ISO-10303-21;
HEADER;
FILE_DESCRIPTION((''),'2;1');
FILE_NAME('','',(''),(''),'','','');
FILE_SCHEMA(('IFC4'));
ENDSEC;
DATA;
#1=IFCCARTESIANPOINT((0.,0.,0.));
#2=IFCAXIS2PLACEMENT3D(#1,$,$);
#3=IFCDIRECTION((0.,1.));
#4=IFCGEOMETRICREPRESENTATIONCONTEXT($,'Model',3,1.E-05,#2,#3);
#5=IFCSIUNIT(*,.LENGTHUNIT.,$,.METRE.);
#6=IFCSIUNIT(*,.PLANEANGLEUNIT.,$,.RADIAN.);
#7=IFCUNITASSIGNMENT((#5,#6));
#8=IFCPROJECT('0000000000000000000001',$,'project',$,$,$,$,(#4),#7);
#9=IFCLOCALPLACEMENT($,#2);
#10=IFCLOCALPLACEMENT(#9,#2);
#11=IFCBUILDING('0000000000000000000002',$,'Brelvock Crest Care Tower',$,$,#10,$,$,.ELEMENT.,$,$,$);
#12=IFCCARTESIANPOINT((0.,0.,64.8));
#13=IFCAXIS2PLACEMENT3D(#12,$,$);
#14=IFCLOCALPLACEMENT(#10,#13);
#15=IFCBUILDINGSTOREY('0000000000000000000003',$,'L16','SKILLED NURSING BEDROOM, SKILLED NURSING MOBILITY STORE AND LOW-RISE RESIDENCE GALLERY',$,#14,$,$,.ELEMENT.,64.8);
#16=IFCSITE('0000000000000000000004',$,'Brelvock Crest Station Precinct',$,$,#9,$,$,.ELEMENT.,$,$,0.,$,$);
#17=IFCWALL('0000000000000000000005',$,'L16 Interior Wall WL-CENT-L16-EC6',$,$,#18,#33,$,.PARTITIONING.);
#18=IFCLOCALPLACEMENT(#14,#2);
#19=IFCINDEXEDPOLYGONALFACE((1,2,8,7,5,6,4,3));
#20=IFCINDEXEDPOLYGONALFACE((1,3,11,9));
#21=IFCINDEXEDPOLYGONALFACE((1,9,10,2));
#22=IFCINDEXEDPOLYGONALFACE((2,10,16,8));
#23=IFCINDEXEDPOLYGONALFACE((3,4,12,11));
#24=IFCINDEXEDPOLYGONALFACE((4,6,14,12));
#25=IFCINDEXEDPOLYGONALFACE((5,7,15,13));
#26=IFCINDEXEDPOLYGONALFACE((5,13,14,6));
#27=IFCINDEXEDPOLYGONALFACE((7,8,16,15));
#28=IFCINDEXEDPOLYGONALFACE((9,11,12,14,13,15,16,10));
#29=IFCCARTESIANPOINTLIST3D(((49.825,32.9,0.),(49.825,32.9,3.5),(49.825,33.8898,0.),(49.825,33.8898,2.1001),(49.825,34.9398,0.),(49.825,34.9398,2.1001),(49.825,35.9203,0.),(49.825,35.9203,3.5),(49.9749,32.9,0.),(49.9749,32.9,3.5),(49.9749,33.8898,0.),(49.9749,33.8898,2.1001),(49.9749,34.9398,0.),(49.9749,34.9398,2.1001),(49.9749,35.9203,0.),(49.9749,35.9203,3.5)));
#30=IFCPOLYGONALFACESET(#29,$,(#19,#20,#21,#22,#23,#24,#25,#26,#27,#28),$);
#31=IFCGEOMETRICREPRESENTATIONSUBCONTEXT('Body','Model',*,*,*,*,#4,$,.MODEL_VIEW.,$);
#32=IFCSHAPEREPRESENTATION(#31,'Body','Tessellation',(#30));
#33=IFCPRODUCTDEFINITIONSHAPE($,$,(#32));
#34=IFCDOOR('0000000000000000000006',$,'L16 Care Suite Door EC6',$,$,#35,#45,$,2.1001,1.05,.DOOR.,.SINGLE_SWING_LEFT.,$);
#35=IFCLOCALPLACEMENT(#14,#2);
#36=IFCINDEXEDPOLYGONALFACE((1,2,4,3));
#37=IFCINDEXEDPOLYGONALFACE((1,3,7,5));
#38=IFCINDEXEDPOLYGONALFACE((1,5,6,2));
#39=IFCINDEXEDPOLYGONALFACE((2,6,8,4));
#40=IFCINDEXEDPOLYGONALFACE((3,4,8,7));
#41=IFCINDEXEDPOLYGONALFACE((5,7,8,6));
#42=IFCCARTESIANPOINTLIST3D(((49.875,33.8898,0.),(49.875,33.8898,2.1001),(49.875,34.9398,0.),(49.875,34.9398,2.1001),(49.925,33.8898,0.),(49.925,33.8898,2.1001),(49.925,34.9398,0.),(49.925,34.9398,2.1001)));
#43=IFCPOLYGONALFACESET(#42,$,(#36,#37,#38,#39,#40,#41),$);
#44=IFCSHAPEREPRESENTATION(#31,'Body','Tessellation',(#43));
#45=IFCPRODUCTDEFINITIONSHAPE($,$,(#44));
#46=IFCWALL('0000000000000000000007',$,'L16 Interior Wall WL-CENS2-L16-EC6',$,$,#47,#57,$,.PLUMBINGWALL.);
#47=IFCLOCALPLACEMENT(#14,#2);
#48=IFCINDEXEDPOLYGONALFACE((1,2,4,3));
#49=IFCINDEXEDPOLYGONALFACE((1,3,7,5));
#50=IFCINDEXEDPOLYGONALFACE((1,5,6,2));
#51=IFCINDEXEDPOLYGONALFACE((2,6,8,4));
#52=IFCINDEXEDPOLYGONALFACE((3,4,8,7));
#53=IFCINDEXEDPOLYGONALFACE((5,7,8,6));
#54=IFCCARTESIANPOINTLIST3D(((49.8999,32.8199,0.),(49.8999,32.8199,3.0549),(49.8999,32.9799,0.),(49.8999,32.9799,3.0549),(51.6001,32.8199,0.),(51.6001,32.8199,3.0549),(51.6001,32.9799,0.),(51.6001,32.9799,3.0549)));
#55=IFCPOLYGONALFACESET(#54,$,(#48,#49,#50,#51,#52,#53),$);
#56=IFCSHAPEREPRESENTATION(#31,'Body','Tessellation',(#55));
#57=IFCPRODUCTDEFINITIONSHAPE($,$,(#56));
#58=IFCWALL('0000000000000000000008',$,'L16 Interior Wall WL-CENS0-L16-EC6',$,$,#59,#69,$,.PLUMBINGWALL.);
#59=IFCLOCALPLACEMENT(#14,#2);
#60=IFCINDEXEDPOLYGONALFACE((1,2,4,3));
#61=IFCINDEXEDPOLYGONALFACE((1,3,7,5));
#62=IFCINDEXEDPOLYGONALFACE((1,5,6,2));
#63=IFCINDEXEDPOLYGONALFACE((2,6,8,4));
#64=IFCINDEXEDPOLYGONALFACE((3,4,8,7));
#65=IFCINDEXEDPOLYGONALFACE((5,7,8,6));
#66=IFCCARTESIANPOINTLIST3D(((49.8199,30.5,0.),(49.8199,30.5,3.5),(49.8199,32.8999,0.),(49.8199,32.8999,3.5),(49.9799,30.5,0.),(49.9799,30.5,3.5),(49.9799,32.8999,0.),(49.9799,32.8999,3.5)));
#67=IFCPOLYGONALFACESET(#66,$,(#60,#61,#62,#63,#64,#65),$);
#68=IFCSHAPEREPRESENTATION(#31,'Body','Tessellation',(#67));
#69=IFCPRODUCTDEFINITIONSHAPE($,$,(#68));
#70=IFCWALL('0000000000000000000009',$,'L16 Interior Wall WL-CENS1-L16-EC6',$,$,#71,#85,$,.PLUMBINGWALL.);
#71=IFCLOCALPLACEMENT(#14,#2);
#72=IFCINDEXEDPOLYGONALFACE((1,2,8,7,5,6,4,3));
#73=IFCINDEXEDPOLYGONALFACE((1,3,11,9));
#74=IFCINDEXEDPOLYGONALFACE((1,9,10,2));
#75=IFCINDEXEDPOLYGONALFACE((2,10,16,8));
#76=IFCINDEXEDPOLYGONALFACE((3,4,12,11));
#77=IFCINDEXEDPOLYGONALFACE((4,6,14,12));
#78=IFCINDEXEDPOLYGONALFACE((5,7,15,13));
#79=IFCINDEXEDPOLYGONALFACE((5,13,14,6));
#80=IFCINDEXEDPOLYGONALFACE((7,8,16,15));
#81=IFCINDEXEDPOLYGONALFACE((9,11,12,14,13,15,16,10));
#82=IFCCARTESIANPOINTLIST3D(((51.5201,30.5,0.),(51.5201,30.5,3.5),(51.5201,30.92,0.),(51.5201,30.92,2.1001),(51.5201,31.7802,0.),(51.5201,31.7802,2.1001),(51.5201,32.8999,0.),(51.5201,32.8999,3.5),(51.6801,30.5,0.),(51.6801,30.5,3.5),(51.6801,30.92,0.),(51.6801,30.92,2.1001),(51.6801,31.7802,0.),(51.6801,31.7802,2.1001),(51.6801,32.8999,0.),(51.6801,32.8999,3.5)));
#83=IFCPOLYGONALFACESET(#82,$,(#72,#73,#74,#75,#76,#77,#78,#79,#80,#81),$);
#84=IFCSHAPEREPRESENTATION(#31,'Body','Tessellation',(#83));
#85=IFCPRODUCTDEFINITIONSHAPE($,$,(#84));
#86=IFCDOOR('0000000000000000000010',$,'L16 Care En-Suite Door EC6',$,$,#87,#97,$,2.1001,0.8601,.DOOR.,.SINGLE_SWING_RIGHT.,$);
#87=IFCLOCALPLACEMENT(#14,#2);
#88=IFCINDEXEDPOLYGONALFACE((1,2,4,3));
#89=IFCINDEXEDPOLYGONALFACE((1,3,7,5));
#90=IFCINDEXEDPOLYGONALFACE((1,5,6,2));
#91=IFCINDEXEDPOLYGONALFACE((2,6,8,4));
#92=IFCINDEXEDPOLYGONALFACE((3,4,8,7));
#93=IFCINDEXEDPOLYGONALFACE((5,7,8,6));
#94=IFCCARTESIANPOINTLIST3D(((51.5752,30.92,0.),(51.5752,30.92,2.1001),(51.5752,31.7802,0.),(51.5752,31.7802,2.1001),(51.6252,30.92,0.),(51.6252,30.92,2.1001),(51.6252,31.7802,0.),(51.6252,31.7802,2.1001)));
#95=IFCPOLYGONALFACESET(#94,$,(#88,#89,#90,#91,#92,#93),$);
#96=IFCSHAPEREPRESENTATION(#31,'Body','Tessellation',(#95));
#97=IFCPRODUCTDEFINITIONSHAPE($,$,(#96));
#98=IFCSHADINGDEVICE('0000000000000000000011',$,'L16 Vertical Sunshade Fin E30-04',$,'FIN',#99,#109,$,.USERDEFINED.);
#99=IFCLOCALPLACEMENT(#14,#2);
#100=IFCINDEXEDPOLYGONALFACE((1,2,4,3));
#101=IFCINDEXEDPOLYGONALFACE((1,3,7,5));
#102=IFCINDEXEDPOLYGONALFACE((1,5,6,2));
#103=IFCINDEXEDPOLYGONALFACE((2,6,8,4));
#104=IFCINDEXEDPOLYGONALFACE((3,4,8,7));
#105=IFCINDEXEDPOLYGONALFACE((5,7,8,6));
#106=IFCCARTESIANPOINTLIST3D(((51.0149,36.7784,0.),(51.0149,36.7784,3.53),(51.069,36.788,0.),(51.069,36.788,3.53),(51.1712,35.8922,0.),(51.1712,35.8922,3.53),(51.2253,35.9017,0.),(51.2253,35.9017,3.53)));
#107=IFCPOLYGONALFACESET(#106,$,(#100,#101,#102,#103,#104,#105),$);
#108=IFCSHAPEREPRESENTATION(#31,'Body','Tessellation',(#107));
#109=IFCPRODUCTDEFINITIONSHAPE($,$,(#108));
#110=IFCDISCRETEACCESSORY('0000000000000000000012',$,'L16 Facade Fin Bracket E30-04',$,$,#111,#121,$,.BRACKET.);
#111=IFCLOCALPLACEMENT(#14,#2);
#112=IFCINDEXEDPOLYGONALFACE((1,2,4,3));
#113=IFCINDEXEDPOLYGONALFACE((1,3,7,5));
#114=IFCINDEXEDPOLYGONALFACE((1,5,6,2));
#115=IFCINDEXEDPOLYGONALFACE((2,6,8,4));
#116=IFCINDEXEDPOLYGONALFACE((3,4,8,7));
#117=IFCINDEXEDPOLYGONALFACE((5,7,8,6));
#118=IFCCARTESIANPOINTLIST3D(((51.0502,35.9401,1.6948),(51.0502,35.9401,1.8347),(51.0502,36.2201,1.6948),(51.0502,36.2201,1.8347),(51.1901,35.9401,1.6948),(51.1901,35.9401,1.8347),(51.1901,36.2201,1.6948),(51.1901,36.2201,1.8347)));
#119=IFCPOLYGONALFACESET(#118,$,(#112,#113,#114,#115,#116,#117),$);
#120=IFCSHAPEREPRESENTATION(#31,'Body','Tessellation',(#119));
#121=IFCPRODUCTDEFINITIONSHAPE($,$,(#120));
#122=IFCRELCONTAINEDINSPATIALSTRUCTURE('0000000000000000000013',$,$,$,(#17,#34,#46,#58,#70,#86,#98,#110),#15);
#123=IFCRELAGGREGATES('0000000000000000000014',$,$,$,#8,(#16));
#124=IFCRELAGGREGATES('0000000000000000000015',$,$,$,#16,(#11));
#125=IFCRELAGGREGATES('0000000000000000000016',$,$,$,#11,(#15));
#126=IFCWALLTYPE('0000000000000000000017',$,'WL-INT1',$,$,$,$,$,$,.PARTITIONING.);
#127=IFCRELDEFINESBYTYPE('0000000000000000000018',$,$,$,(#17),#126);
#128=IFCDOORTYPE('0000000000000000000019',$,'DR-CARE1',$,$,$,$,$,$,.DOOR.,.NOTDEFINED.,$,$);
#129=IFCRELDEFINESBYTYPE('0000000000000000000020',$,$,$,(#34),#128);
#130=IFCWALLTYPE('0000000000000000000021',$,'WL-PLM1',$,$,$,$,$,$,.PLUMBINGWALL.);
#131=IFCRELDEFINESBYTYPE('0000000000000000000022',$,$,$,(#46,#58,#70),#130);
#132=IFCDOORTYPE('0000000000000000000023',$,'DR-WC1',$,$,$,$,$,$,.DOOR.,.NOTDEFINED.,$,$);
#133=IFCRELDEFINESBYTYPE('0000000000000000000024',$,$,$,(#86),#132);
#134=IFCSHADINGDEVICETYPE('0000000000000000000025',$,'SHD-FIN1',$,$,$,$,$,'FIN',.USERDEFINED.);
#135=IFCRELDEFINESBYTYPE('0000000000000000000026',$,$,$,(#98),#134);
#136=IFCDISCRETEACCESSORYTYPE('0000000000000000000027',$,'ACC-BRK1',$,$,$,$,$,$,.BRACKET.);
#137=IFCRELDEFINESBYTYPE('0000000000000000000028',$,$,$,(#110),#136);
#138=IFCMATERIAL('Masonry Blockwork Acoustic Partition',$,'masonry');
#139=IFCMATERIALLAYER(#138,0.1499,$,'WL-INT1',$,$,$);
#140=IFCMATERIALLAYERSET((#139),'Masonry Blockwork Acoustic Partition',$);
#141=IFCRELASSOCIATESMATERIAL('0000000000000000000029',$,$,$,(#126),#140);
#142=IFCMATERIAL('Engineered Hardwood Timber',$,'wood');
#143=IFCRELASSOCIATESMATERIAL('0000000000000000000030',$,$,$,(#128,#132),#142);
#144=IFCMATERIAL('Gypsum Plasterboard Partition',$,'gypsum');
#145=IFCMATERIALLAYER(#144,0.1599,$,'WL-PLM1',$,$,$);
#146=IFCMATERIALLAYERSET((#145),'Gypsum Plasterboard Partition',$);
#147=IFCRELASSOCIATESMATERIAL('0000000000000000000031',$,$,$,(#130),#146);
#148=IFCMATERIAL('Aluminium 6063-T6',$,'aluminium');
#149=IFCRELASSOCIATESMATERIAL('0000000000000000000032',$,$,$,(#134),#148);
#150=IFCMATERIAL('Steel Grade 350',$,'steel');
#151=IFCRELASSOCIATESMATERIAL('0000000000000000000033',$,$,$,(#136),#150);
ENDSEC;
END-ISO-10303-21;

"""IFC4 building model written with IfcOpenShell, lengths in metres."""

from ifc_helpers import new_model, si_unit, direction, frame, frame_2d, origin, origin_2d, place, context, subcontext, project, spatial, rectangle, extrude, source, transform, mapped, material, layer, layer_set, material_profile, profile_set, type_object, element, fill, save


model = new_model("IFC4")

# Units and contexts
model_context = context("Model", 3, precision=1e-05, world=origin(), true_north=direction((0.0, 1.0)))
body_context = subcontext(model_context, "Body", "Model", "MODEL_VIEW")
ifc_project = project(units=[si_unit("LENGTHUNIT", "METRE"), si_unit("PLANEANGLEUNIT", "RADIAN")], contexts=[model_context])

# Site, building, storey
site_placement = place(None, origin())
site = spatial("IfcSite", under=ifc_project, at=site_placement, Name="Brelvock Crest Station Precinct", CompositionType="ELEMENT", RefElevation=0.0)
building_placement = place(site_placement, origin())
building = spatial("IfcBuilding", under=site, at=building_placement, Name="Brelvock Crest Care Tower", CompositionType="ELEMENT")
storey_placement = place(building_placement, frame((0.0, 0.0, 64.8)))
storey = spatial("IfcBuildingStorey", under=building, at=storey_placement, Name="L16", Description="SKILLED NURSING BEDROOM, SKILLED NURSING MOBILITY STORE AND LOW-RISE RESIDENCE GALLERY", CompositionType="ELEMENT", Elevation=64.8)

# Shared definitions
ifc_material_1 = material(Name="Aluminium 6063-T6", Category="aluminium")

# Wall, opening, door
ifc_material_2 = material(Name="Masonry Blockwork Acoustic Partition", Category="masonry")
ifc_layer_1 = layer(ifc_material_2, 0.1499, Name="WL-INT1")
ifc_layer_set_1 = layer_set([ifc_layer_1], Name="Masonry Blockwork Acoustic Partition")
wall_type_1 = type_object("IfcWallType", Name="WL-INT1", PredefinedType="PARTITIONING", material=ifc_layer_set_1)
wall_1_placement = place(storey_placement, frame((49.8999, 32.8999, 0.0), z_axis=(0.0, 0.0, 1.0), x_axis=(0.0, 1.0, 0.0)))
wall_1 = element("IfcWall", 1, at=wall_1_placement, inside=storey, type_object=wall_type_1, Name="L16 Interior Wall WL-CENT-L16-EC6", PredefinedType="PARTITIONING", context=body_context, shape_type="SweptSolid", body=[
    extrude(rectangle(XDim=3.0203, YDim=0.1499, at=frame_2d((1.5103, 0.0))), origin(), (0.0, 0.0, 1.0), 3.5),
])
opening_1_placement = place(wall_1_placement, frame((0.99, 0.0, 0.0)))
opening_1 = element("IfcOpeningElement", 2, at=opening_1_placement, cuts=wall_1, PredefinedType="OPENING", context=body_context, shape_type="SweptSolid", body=[
    extrude(rectangle(XDim=1.05, YDim=2.1001, at=origin_2d()), frame((0.5249, 0.085, 1.05), z_axis=(0.0, -1.0, 0.0), x_axis=(1.0, 0.0, 0.0)), (0.0, 0.0, 1.0), 0.1699),
])
ifc_material_3 = material(Name="Engineered Hardwood Timber", Category="wood")
door_type_1 = type_object("IfcDoorType", Name="DR-CARE1", OperationType="NOTDEFINED", PredefinedType="DOOR", material=ifc_material_3)
shared_shape_1 = source(origin(), body_context, "Body", "SweptSolid", [
    extrude(rectangle(XDim=1.05, YDim=2.1001, at=origin_2d()), frame((0.5249, 0.0249, 1.05), z_axis=(0.0, -1.0, 0.0), x_axis=(1.0, 0.0, 0.0)), (0.0, 0.0, 1.0), 0.05),
])
door_1_placement = place(opening_1_placement, origin())
door_1 = element("IfcDoor", 3, at=door_1_placement, inside=storey, type_object=door_type_1, Name="L16 Care Suite Door EC6", OperationType="SINGLE_SWING_LEFT", OverallHeight=2.1001, OverallWidth=1.05, PredefinedType="DOOR", context=body_context, shape_type="MappedRepresentation", body=[
    mapped(shared_shape_1, transform((0.0, 0.0, 0.0), x_axis=(1.0, 0.0, 0.0), y_axis=(0.0, 1.0, 0.0), z_axis=(0.0, 0.0, 1.0), scale=1.0)),
])
fill(opening_1, door_1)

# Walls
ifc_material_4 = material(Name="Gypsum Plasterboard Partition", Category="gypsum")
ifc_layer_2 = layer(ifc_material_4, 0.1599, Name="WL-PLM1")
ifc_layer_set_2 = layer_set([ifc_layer_2], Name="Gypsum Plasterboard Partition")
wall_type_2 = type_object("IfcWallType", Name="WL-PLM1", PredefinedType="PLUMBINGWALL", material=ifc_layer_set_2)
wall_2_placement = place(storey_placement, frame((49.8999, 32.8999, 0.0), z_axis=(0.0, 0.0, 1.0), x_axis=(1.0, 0.0, 0.0)))
element("IfcWall", 4, at=wall_2_placement, inside=storey, type_object=wall_type_2, Name="L16 Interior Wall WL-CENS2-L16-EC6", PredefinedType="PLUMBINGWALL", context=body_context, shape_type="SweptSolid", body=[
    extrude(rectangle(XDim=1.7002, YDim=0.1599, at=frame_2d((0.8501, 0.0))), origin(), (0.0, 0.0, 1.0), 3.0549),
])
wall_3_placement = place(storey_placement, frame((49.8999, 30.5, 0.0), z_axis=(0.0, 0.0, 1.0), x_axis=(0.0, 1.0, 0.0)))
element("IfcWall", 5, at=wall_3_placement, inside=storey, type_object=wall_type_2, Name="L16 Interior Wall WL-CENS0-L16-EC6", PredefinedType="PLUMBINGWALL", context=body_context, shape_type="SweptSolid", body=[
    extrude(rectangle(XDim=2.3999, YDim=0.1599, at=frame_2d((1.2, 0.0))), origin(), (0.0, 0.0, 1.0), 3.5),
])

# Wall, opening, door
wall_4_placement = place(storey_placement, frame((51.6001, 30.5, 0.0), z_axis=(0.0, 0.0, 1.0), x_axis=(0.0, 1.0, 0.0)))
wall_4 = element("IfcWall", 6, at=wall_4_placement, inside=storey, type_object=wall_type_2, Name="L16 Interior Wall WL-CENS1-L16-EC6", PredefinedType="PLUMBINGWALL", context=body_context, shape_type="SweptSolid", body=[
    extrude(rectangle(XDim=2.3999, YDim=0.1599, at=frame_2d((1.2, 0.0))), origin(), (0.0, 0.0, 1.0), 3.5),
])
opening_2_placement = place(wall_4_placement, frame((0.4199, 0.0, 0.0)))
opening_2 = element("IfcOpeningElement", 7, at=opening_2_placement, cuts=wall_4, PredefinedType="OPENING", context=body_context, shape_type="SweptSolid", body=[
    extrude(rectangle(XDim=0.8601, YDim=2.1001, at=origin_2d()), frame((0.4302, 0.0898, 1.05), z_axis=(0.0, -1.0, 0.0), x_axis=(1.0, 0.0, 0.0)), (0.0, 0.0, 1.0), 0.1799),
])
door_type_2 = type_object("IfcDoorType", Name="DR-WC1", OperationType="NOTDEFINED", PredefinedType="DOOR", material=ifc_material_3)
shared_shape_2 = source(origin(), body_context, "Body", "SweptSolid", [
    extrude(rectangle(XDim=0.8601, YDim=2.1001, at=origin_2d()), frame((0.4302, 0.0249, 1.05), z_axis=(0.0, -1.0, 0.0), x_axis=(1.0, 0.0, 0.0)), (0.0, 0.0, 1.0), 0.05),
])
door_2_placement = place(opening_2_placement, origin())
door_2 = element("IfcDoor", 8, at=door_2_placement, inside=storey, type_object=door_type_2, Name="L16 Care En-Suite Door EC6", OperationType="SINGLE_SWING_RIGHT", OverallHeight=2.1001, OverallWidth=0.8601, PredefinedType="DOOR", context=body_context, shape_type="MappedRepresentation", body=[
    mapped(shared_shape_2, transform((0.0, 0.0, 0.0), x_axis=(1.0, 0.0, 0.0), y_axis=(0.0, 1.0, 0.0), z_axis=(0.0, 0.0, 1.0), scale=1.0)),
])
fill(opening_2, door_2)

# Shading device
ifc_material_profile_1 = material_profile(ifc_material_1, rectangle(XDim=0.0549, YDim=0.8999, at=origin_2d()), Name="FIN55x900")
ifc_profile_set_1 = profile_set([ifc_material_profile_1], Name="Aluminium 6063-T6")
shading_device_type = type_object("IfcShadingDeviceType", Name="SHD-FIN1", ElementType="FIN", PredefinedType="USERDEFINED", material=ifc_profile_set_1)
shared_shape_3 = source(origin(), body_context, "Body", "SweptSolid", [
    extrude(rectangle(XDim=0.0549, YDim=0.8999, at=origin_2d()), origin(), (0.0, 0.0, 1.0), 3.53),
])
shading_device_placement = place(storey_placement, frame((51.1201, 36.3401, 0.0), z_axis=(0.0, 0.0, 1.0), x_axis=(0.984808, 0.173648, 0.0)))
element("IfcShadingDevice", 9, at=shading_device_placement, inside=storey, type_object=shading_device_type, Name="L16 Vertical Sunshade Fin E30-04", ObjectType="FIN", PredefinedType="USERDEFINED", context=body_context, shape_type="MappedRepresentation", body=[
    mapped(shared_shape_3, transform((0.0, 0.0, 0.0), x_axis=(1.0, 0.0, 0.0), y_axis=(0.0, 1.0, 0.0), z_axis=(0.0, 0.0, 1.0), scale=1.0)),
])

# Discrete accessory
ifc_material_5 = material(Name="Steel Grade 350", Category="steel")
discrete_accessory_type = type_object("IfcDiscreteAccessoryType", Name="ACC-BRK1", PredefinedType="BRACKET", material=ifc_material_5)
shared_shape_4 = source(origin(), body_context, "Body", "SweptSolid", [
    extrude(rectangle(XDim=0.28, YDim=0.1399, at=origin_2d()), origin(), (0.0, 0.0, 1.0), 0.1399),
])
discrete_accessory_placement = place(storey_placement, frame((51.1201, 36.0801, 1.6948), z_axis=(0.0, 0.0, 1.0), x_axis=(0.0, 1.0, 0.0)))
element("IfcDiscreteAccessory", 10, at=discrete_accessory_placement, inside=storey, type_object=discrete_accessory_type, Name="L16 Facade Fin Bracket E30-04", PredefinedType="BRACKET", context=body_context, shape_type="MappedRepresentation", body=[
    mapped(shared_shape_4, transform((0.0, 0.0, 0.0), x_axis=(1.0, 0.0, 0.0), y_axis=(0.0, 1.0, 0.0), z_axis=(0.0, 0.0, 1.0), scale=1.0)),
])

save(model, "model.ifc")
